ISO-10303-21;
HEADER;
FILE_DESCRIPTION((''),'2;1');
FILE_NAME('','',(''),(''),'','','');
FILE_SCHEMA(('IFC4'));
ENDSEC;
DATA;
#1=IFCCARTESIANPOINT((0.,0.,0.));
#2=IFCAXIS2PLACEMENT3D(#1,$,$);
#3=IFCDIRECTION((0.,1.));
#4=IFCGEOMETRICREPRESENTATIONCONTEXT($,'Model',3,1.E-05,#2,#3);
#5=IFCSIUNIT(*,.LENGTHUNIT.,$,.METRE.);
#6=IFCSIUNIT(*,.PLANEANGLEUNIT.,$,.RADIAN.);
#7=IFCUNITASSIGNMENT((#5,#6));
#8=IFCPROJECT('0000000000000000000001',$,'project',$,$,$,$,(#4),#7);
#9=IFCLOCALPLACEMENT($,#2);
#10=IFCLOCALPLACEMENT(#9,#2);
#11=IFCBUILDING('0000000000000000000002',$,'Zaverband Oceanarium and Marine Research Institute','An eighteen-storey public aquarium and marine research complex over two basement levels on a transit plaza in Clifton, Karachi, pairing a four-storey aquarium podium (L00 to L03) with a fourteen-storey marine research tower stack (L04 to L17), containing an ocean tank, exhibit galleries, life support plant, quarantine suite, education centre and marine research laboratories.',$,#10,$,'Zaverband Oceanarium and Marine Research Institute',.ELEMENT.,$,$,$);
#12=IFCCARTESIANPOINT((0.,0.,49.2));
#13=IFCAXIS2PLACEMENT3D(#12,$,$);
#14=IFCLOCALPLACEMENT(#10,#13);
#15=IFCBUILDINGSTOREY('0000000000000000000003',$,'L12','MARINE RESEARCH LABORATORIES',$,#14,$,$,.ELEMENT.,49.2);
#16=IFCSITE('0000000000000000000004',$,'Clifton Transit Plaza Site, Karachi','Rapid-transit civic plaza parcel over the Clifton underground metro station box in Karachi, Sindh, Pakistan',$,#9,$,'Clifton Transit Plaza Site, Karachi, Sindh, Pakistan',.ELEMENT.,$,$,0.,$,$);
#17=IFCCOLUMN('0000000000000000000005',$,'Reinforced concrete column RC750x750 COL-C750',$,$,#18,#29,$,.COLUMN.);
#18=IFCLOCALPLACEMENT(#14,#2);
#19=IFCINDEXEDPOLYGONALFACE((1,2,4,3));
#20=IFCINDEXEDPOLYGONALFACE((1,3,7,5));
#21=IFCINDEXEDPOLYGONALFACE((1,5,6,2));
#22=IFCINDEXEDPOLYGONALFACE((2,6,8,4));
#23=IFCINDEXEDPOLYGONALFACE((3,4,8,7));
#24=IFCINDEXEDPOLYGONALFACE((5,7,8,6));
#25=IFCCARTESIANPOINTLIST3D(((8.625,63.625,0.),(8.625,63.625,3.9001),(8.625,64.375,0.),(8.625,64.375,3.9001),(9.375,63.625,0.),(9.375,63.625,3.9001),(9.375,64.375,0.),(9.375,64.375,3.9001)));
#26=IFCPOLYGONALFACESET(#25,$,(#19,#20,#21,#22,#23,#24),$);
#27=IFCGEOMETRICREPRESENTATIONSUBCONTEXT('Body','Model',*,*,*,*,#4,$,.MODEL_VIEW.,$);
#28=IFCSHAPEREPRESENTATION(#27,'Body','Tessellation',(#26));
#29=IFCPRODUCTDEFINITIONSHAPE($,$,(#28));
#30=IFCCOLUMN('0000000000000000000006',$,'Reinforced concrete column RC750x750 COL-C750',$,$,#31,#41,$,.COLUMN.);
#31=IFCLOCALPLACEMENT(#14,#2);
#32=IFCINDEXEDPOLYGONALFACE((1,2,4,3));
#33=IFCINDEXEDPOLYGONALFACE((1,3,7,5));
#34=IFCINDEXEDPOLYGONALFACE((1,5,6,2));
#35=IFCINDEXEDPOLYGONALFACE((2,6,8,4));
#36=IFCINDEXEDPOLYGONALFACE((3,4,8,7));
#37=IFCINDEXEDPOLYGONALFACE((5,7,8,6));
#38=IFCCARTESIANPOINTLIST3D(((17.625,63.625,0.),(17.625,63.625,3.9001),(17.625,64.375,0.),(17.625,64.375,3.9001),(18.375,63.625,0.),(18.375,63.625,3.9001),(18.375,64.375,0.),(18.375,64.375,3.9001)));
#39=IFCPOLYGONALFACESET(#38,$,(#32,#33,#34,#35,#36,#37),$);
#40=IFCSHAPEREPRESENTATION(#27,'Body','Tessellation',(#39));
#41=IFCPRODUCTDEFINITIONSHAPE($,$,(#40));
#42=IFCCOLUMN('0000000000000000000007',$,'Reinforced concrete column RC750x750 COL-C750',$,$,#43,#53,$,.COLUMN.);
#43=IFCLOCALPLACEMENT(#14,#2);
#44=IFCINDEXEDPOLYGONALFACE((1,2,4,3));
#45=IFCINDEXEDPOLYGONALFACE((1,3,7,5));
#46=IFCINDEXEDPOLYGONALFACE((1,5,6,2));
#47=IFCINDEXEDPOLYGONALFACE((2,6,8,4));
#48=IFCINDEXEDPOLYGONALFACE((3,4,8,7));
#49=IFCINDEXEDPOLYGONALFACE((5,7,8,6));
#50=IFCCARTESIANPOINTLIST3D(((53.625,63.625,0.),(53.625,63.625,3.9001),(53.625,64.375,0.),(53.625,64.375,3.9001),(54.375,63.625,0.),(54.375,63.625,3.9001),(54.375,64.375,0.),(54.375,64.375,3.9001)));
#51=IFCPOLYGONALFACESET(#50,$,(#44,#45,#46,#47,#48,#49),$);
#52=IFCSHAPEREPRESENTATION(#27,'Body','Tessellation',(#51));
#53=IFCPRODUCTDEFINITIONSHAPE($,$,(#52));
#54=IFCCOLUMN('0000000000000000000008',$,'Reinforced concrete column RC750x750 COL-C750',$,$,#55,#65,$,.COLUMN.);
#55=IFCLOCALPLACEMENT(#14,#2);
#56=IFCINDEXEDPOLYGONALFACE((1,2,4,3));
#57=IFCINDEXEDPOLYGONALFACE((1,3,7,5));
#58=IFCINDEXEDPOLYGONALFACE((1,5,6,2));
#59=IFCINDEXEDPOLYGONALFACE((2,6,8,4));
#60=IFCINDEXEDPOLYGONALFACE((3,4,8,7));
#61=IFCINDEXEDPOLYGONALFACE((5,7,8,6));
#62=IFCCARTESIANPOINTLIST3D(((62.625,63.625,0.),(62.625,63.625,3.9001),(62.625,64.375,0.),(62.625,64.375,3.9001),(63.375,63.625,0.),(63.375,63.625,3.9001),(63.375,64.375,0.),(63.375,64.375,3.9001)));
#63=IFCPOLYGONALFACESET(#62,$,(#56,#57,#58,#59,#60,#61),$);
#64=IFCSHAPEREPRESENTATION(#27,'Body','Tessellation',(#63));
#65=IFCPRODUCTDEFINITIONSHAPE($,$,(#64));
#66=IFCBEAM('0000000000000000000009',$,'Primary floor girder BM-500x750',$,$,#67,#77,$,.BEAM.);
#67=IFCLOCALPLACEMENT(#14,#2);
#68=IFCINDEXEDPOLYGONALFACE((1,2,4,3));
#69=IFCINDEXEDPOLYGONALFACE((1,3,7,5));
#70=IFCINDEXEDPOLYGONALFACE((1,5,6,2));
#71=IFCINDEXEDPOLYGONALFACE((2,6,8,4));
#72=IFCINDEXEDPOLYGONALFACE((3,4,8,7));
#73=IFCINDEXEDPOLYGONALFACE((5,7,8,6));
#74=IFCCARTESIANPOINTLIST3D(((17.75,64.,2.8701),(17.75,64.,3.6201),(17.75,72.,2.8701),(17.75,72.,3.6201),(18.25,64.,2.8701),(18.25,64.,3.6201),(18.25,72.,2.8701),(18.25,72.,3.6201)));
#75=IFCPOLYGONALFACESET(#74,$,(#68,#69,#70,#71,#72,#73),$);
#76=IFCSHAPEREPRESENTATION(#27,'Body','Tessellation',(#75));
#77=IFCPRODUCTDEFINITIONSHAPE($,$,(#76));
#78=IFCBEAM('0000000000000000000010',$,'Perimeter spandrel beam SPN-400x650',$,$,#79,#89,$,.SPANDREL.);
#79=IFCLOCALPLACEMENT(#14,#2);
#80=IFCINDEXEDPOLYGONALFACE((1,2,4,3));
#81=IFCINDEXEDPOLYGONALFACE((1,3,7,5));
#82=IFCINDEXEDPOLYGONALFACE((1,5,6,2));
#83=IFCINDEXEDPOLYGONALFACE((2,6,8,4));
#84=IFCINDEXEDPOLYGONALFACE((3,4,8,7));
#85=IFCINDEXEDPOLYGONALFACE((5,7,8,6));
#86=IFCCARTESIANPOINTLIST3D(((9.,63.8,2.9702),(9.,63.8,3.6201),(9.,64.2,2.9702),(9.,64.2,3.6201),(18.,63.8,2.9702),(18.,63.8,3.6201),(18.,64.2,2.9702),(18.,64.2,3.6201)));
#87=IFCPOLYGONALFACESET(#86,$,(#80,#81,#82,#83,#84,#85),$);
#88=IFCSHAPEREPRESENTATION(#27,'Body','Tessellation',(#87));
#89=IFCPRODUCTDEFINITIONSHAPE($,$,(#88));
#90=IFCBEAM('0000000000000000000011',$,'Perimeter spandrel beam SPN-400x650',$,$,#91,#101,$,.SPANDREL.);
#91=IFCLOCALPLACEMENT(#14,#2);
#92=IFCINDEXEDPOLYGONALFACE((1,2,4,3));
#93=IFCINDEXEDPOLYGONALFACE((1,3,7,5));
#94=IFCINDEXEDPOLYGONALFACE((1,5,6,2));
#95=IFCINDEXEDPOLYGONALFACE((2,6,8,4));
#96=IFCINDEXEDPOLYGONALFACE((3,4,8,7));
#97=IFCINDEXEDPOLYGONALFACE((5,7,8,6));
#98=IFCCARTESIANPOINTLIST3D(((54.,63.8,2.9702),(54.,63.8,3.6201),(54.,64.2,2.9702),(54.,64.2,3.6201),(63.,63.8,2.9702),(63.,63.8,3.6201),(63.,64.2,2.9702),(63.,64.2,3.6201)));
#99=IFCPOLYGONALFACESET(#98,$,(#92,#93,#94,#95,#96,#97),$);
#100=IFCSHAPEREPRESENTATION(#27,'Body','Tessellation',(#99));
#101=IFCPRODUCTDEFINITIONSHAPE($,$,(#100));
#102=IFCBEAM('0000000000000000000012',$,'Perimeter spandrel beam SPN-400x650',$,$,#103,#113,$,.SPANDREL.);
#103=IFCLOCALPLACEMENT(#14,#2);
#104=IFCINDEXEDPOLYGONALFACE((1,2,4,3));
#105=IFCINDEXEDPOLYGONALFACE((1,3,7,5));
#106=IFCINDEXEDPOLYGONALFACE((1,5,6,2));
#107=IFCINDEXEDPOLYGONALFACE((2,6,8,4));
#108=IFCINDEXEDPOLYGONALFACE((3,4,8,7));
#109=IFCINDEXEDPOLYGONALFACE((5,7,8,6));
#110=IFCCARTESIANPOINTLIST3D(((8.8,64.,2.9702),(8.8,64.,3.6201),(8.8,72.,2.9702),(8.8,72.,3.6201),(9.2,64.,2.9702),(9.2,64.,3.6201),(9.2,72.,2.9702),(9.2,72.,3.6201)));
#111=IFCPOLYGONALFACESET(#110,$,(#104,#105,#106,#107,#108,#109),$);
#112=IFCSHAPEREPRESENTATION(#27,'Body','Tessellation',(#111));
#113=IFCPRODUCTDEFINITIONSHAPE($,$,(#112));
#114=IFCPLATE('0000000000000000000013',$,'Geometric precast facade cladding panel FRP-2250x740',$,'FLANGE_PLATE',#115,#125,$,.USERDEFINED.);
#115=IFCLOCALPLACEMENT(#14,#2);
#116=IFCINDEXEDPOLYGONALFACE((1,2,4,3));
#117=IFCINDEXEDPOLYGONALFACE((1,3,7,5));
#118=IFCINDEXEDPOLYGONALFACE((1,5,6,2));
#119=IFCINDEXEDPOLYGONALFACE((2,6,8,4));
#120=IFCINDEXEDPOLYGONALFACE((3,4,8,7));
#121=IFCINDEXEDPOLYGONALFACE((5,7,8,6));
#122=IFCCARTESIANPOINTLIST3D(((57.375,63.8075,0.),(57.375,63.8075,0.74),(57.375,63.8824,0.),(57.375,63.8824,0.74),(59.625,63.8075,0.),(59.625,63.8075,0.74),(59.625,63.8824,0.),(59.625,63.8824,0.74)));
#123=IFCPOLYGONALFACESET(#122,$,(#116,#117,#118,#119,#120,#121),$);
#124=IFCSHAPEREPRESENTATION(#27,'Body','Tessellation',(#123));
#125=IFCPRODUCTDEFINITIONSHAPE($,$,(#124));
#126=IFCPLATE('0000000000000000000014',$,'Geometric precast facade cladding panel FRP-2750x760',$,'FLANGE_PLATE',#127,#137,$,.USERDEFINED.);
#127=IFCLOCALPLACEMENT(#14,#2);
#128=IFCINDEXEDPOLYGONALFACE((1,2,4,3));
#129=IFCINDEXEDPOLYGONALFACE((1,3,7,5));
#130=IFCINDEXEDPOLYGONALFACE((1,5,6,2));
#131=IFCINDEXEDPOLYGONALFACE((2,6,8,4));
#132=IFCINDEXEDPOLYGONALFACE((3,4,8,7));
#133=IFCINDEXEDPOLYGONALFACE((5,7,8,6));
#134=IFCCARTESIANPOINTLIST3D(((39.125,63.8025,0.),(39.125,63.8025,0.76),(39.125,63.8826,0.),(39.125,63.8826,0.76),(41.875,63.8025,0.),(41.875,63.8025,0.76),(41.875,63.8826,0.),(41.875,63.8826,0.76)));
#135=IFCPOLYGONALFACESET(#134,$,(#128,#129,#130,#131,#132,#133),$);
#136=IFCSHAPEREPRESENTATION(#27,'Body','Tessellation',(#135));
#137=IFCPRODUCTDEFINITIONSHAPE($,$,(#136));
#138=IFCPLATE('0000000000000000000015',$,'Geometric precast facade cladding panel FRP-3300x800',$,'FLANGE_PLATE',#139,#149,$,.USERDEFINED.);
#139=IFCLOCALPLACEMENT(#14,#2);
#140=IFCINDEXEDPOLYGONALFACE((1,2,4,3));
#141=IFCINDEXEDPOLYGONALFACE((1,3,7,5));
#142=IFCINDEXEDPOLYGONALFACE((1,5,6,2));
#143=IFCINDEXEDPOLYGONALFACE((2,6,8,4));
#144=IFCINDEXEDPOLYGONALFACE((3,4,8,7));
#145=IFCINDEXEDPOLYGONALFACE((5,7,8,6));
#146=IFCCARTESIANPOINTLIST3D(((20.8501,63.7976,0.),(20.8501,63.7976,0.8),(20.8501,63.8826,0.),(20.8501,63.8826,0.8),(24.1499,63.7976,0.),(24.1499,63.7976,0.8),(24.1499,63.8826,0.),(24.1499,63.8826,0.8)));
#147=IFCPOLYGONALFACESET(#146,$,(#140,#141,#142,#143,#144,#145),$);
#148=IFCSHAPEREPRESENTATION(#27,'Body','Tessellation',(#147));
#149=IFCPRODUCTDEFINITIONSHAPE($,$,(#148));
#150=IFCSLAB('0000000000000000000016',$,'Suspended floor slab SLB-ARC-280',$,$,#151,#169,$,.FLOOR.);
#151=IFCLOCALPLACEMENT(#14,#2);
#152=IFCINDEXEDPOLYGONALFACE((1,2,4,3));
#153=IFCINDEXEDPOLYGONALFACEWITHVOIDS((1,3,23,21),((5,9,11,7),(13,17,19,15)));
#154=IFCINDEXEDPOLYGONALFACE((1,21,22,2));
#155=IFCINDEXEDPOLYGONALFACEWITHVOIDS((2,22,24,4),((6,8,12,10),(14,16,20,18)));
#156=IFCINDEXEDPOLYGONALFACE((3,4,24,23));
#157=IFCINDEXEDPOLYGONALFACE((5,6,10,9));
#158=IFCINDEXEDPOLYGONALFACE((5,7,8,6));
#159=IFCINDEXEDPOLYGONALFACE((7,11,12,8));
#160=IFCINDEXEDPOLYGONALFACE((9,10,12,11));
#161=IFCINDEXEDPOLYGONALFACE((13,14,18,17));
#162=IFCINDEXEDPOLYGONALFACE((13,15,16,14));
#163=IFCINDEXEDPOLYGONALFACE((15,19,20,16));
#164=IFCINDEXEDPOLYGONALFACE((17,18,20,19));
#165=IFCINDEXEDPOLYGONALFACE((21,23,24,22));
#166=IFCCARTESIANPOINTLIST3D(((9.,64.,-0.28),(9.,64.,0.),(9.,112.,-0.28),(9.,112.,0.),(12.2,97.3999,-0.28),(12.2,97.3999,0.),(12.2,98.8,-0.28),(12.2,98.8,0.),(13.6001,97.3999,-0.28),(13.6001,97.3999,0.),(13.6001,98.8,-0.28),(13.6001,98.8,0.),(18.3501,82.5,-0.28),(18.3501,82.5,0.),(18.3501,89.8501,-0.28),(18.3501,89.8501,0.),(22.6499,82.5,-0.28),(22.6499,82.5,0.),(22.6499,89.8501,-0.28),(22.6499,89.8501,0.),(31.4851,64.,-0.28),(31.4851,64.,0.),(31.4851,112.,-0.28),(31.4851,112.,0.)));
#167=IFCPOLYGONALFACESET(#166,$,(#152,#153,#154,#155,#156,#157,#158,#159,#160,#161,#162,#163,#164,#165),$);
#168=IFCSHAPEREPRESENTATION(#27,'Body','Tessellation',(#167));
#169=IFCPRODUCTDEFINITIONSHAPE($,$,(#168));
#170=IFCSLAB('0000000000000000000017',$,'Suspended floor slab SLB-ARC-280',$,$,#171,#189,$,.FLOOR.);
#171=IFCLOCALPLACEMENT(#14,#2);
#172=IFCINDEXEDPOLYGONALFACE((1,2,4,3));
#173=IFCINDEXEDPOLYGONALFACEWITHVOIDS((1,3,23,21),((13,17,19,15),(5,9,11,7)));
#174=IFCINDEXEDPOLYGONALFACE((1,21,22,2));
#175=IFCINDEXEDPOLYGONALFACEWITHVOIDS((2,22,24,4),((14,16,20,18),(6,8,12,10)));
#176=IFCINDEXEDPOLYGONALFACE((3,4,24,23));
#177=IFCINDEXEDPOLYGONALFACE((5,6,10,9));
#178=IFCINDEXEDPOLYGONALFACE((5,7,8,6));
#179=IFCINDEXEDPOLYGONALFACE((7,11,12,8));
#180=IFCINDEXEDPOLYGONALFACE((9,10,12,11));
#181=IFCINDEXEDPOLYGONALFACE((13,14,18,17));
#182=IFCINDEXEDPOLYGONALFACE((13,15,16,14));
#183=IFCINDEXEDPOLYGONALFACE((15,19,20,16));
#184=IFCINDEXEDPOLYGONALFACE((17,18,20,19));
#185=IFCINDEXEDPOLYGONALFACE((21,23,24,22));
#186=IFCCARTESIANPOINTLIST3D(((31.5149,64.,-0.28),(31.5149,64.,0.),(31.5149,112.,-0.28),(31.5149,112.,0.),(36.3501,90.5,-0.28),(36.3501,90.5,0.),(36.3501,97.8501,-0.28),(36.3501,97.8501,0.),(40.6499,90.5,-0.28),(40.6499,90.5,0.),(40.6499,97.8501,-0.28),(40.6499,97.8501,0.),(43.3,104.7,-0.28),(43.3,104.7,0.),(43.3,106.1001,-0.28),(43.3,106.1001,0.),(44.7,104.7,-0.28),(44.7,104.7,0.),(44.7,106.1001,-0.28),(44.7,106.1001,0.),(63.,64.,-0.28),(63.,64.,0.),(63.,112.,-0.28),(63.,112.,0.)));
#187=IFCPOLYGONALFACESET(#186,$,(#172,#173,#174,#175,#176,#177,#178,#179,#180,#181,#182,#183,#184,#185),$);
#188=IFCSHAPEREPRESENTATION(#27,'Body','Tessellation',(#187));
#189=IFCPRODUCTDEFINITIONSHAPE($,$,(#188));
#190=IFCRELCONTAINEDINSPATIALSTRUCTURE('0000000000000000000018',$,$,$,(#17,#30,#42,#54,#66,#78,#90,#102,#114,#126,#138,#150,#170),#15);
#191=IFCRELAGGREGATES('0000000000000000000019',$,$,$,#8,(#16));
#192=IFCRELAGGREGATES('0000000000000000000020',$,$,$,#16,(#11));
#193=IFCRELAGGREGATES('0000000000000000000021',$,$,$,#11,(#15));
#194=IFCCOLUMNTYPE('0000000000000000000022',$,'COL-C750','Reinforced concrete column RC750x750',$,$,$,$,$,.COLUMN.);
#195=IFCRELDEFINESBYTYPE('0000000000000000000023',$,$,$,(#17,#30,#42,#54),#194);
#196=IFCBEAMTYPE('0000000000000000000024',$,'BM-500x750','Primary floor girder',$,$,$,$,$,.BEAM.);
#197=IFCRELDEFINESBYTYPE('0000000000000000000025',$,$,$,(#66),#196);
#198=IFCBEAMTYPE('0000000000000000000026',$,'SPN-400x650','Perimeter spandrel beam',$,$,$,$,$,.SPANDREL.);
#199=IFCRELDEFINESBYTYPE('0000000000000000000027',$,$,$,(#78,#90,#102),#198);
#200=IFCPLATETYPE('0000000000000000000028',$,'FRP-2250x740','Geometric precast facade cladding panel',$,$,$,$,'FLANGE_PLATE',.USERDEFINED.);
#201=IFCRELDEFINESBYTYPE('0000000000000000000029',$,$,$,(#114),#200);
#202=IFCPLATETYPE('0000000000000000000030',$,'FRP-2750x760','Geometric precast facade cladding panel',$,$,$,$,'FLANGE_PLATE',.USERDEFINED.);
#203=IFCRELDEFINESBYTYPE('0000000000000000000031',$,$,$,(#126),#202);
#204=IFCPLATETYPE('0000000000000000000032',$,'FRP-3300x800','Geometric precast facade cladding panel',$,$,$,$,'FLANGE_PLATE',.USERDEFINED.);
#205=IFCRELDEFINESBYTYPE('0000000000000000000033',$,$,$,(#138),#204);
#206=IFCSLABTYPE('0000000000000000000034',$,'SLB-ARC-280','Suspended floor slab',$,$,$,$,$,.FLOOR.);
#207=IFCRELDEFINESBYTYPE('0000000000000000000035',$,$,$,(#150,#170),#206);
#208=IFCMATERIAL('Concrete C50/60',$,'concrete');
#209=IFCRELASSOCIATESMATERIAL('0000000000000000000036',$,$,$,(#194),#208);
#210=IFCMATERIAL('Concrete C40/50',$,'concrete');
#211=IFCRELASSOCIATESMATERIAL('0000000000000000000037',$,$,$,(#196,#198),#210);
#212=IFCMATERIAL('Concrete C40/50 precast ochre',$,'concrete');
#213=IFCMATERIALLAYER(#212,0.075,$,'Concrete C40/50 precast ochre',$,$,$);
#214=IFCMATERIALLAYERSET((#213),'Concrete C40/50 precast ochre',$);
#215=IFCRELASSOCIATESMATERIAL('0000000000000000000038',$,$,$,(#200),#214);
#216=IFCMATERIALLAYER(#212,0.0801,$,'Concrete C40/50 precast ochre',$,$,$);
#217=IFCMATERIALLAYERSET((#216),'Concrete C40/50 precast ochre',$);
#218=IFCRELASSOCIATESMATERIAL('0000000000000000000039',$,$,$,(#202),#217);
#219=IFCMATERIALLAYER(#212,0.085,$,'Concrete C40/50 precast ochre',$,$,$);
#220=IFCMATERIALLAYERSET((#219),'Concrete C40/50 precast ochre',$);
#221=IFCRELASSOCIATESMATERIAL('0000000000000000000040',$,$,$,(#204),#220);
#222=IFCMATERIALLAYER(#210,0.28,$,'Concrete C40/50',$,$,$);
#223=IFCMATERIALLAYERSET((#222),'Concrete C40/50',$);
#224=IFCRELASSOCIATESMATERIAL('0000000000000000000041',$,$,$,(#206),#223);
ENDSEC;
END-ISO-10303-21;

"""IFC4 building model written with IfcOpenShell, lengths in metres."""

from ifc_helpers import new_model, si_unit, direction, frame, frame_2d, origin, origin_2d, place, context, subcontext, project, spatial, polyline, rectangle, outline, extrude, material, layer, layer_set, material_profile, profile_set, type_object, element, save


model = new_model("IFC4")

# Units and contexts
model_context = context("Model", 3, precision=1e-05, world=origin(), true_north=direction((0.0, 1.0)))
body_context = subcontext(model_context, "Body", "Model", "MODEL_VIEW")
ifc_project = project(units=[si_unit("LENGTHUNIT", "METRE"), si_unit("PLANEANGLEUNIT", "RADIAN")], contexts=[model_context])

# Site, building, storey
site_placement = place(None, origin())
site = spatial("IfcSite", under=ifc_project, at=site_placement, Name="Clifton Transit Plaza Site, Karachi", Description="Rapid-transit civic plaza parcel over the Clifton underground metro station box in Karachi, Sindh, Pakistan", LongName="Clifton Transit Plaza Site, Karachi, Sindh, Pakistan", CompositionType="ELEMENT", RefElevation=0.0)
building_placement = place(site_placement, origin())
building = spatial("IfcBuilding", under=site, at=building_placement, Name="Zaverband Oceanarium and Marine Research Institute", Description="An eighteen-storey public aquarium and marine research complex over two basement levels on a transit plaza in Clifton, Karachi, pairing a four-storey aquarium podium (L00 to L03) with a fourteen-storey marine research tower stack (L04 to L17), containing an ocean tank, exhibit galleries, life support plant, quarantine suite, education centre and marine research laboratories.", LongName="Zaverband Oceanarium and Marine Research Institute", CompositionType="ELEMENT")
storey_placement = place(building_placement, frame((0.0, 0.0, 49.2)))
storey = spatial("IfcBuildingStorey", under=building, at=storey_placement, Name="L12", Description="MARINE RESEARCH LABORATORIES", CompositionType="ELEMENT", Elevation=49.2)

# Columns
ifc_material_1 = material(Name="Concrete C50/60", Category="concrete")
ifc_material_profile_1 = material_profile(ifc_material_1, rectangle(XDim=0.75, YDim=0.75, at=origin_2d()), Name="RC750x750")
ifc_profile_set_1 = profile_set([ifc_material_profile_1], Name="Concrete C50/60")
column_type = type_object("IfcColumnType", Name="COL-C750", Description="Reinforced concrete column RC750x750", PredefinedType="COLUMN", material=ifc_profile_set_1)
for number, where, z_axis, x_axis, name in (
    (1, (9.0, 64.0, 0.0), (0.0, 0.0, 1.0), (1.0, 0.0, 0.0), "Reinforced concrete column RC750x750 COL-C750"),
    (2, (18.0, 64.0, 0.0), (0.0, 0.0, 1.0), (1.0, 0.0, 0.0), "Reinforced concrete column RC750x750 COL-C750"),
    (3, (54.0, 64.0, 0.0), (0.0, 0.0, 1.0), (1.0, 0.0, 0.0), "Reinforced concrete column RC750x750 COL-C750"),
    (4, (63.0, 64.0, 0.0), (0.0, 0.0, 1.0), (1.0, 0.0, 0.0), "Reinforced concrete column RC750x750 COL-C750"),
):
    element("IfcColumn", number, at=place(storey_placement, frame(where, z_axis=z_axis, x_axis=x_axis)), inside=storey, type_object=column_type, Name=name, PredefinedType="COLUMN", context=body_context, shape_type="SweptSolid", body=[
        extrude(rectangle(XDim=0.75, YDim=0.75, at=origin_2d()), origin(), (0.0, 0.0, 1.0), 3.9001),
    ])

# Beams
ifc_material_2 = material(Name="Concrete C40/50", Category="concrete")
ifc_material_profile_2 = material_profile(ifc_material_2, rectangle(XDim=0.5, YDim=0.75, at=origin_2d()), Name="RC500x750")
ifc_profile_set_2 = profile_set([ifc_material_profile_2], Name="Concrete C40/50")
beam_type_1 = type_object("IfcBeamType", Name="BM-500x750", Description="Primary floor girder", PredefinedType="BEAM", material=ifc_profile_set_2)
beam_1_placement = place(storey_placement, frame((18.0, 64.0, 3.2451), z_axis=(0.0, 1.0, 0.0), x_axis=(-1.0, 0.0, 0.0)))
element("IfcBeam", 5, at=beam_1_placement, inside=storey, type_object=beam_type_1, Name="Primary floor girder BM-500x750", PredefinedType="BEAM", context=body_context, shape_type="SweptSolid", body=[
    extrude(rectangle(XDim=0.5, YDim=0.75, at=origin_2d()), origin(), (0.0, 0.0, 1.0), 8.0),
])
ifc_material_profile_3 = material_profile(ifc_material_2, rectangle(XDim=0.3999, YDim=0.6499, at=origin_2d()), Name="RC400x650")
ifc_profile_set_3 = profile_set([ifc_material_profile_3], Name="Concrete C40/50")
beam_type_2 = type_object("IfcBeamType", Name="SPN-400x650", Description="Perimeter spandrel beam", PredefinedType="SPANDREL", material=ifc_profile_set_3)
for number, where, z_axis, x_axis, name in (
    (6, (9.0, 64.0, 3.2952), (1.0, 0.0, 0.0), (0.0, 1.0, 0.0), "Perimeter spandrel beam SPN-400x650"),
    (7, (54.0, 64.0, 3.2952), (1.0, 0.0, 0.0), (0.0, 1.0, 0.0), "Perimeter spandrel beam SPN-400x650"),
):
    element("IfcBeam", number, at=place(storey_placement, frame(where, z_axis=z_axis, x_axis=x_axis)), inside=storey, type_object=beam_type_2, Name=name, PredefinedType="SPANDREL", context=body_context, shape_type="SweptSolid", body=[
        extrude(rectangle(XDim=0.3999, YDim=0.6499, at=origin_2d()), origin(), (0.0, 0.0, 1.0), 9.0),
    ])
beam_2_placement = place(storey_placement, frame((9.0, 64.0, 3.2952), z_axis=(0.0, 1.0, 0.0), x_axis=(-1.0, 0.0, 0.0)))
element("IfcBeam", 8, at=beam_2_placement, inside=storey, type_object=beam_type_2, Name="Perimeter spandrel beam SPN-400x650", PredefinedType="SPANDREL", context=body_context, shape_type="SweptSolid", body=[
    extrude(rectangle(XDim=0.3999, YDim=0.6499, at=origin_2d()), origin(), (0.0, 0.0, 1.0), 8.0),
])

# Plates
ifc_material_3 = material(Name="Concrete C40/50 precast ochre", Category="concrete")
ifc_layer_1 = layer(ifc_material_3, 0.075, Name="Concrete C40/50 precast ochre")
ifc_layer_set_1 = layer_set([ifc_layer_1], Name="Concrete C40/50 precast ochre")
plate_type_1 = type_object("IfcPlateType", Name="FRP-2250x740", Description="Geometric precast facade cladding panel", ElementType="FLANGE_PLATE", PredefinedType="USERDEFINED", material=ifc_layer_set_1)
plate_1_placement = place(storey_placement, frame((57.375, 63.845, 0.0), z_axis=(0.0, 0.0, 1.0), x_axis=(1.0, 0.0, 0.0)))
element("IfcPlate", 9, at=plate_1_placement, inside=storey, type_object=plate_type_1, Name="Geometric precast facade cladding panel FRP-2250x740", ObjectType="FLANGE_PLATE", PredefinedType="USERDEFINED", context=body_context, shape_type="SweptSolid", body=[
    extrude(rectangle(XDim=2.25, YDim=0.075, at=frame_2d((1.125, 0.0))), origin(), (0.0, 0.0, 1.0), 0.74),
])
ifc_layer_2 = layer(ifc_material_3, 0.0801, Name="Concrete C40/50 precast ochre")
ifc_layer_set_2 = layer_set([ifc_layer_2], Name="Concrete C40/50 precast ochre")
plate_type_2 = type_object("IfcPlateType", Name="FRP-2750x760", Description="Geometric precast facade cladding panel", ElementType="FLANGE_PLATE", PredefinedType="USERDEFINED", material=ifc_layer_set_2)
plate_2_placement = place(storey_placement, frame((39.125, 63.8425, 0.0), z_axis=(0.0, 0.0, 1.0), x_axis=(1.0, 0.0, 0.0)))
element("IfcPlate", 10, at=plate_2_placement, inside=storey, type_object=plate_type_2, Name="Geometric precast facade cladding panel FRP-2750x760", ObjectType="FLANGE_PLATE", PredefinedType="USERDEFINED", context=body_context, shape_type="SweptSolid", body=[
    extrude(rectangle(XDim=2.75, YDim=0.0801, at=frame_2d((1.375, 0.0))), origin(), (0.0, 0.0, 1.0), 0.76),
])
ifc_layer_3 = layer(ifc_material_3, 0.085, Name="Concrete C40/50 precast ochre")
ifc_layer_set_3 = layer_set([ifc_layer_3], Name="Concrete C40/50 precast ochre")
plate_type_3 = type_object("IfcPlateType", Name="FRP-3300x800", Description="Geometric precast facade cladding panel", ElementType="FLANGE_PLATE", PredefinedType="USERDEFINED", material=ifc_layer_set_3)
plate_3_placement = place(storey_placement, frame((20.8501, 63.8401, 0.0), z_axis=(0.0, 0.0, 1.0), x_axis=(1.0, 0.0, 0.0)))
element("IfcPlate", 11, at=plate_3_placement, inside=storey, type_object=plate_type_3, Name="Geometric precast facade cladding panel FRP-3300x800", ObjectType="FLANGE_PLATE", PredefinedType="USERDEFINED", context=body_context, shape_type="SweptSolid", body=[
    extrude(rectangle(XDim=3.2998, YDim=0.085, at=frame_2d((1.6499, 0.0))), origin(), (0.0, 0.0, 1.0), 0.8),
])

# Slabs
ifc_layer_4 = layer(ifc_material_2, 0.28, Name="Concrete C40/50")
ifc_layer_set_4 = layer_set([ifc_layer_4], Name="Concrete C40/50")
slab_type_1 = type_object("IfcSlabType", Name="SLB-ARC-280", Description="Suspended floor slab", PredefinedType="FLOOR", material=ifc_layer_set_4)
slab_1_placement = place(storey_placement, frame((0.0, 0.0, -0.28)))
element("IfcSlab", 12, at=slab_1_placement, inside=storey, type_object=slab_type_1, Name="Suspended floor slab SLB-ARC-280", PredefinedType="FLOOR", context=body_context, shape_type="SweptSolid", body=[
    extrude(outline(polyline([(9.0, 112.0), (31.4851, 112.0), (31.4851, 64.0), (9.0, 64.0), (9.0, 112.0)]), holes=[polyline([(18.3501, 89.8501), (18.3501, 82.5), (22.6499, 82.5), (22.6499, 89.8501), (18.3501, 89.8501)]), polyline([(12.2, 98.8), (12.2, 97.3999), (13.6001, 97.3999), (13.6001, 98.8), (12.2, 98.8)])]), origin(), (0.0, 0.0, 1.0), 0.28),
])
slab_2_placement = place(storey_placement, frame((0.0, 0.0, -0.28)))
element("IfcSlab", 13, at=slab_2_placement, inside=storey, type_object=slab_type_1, Name="Suspended floor slab SLB-ARC-280", PredefinedType="FLOOR", context=body_context, shape_type="SweptSolid", body=[
    extrude(outline(polyline([(31.5149, 112.0), (63.0, 112.0), (63.0, 64.0), (31.5149, 64.0), (31.5149, 112.0)]), holes=[polyline([(36.3501, 97.8501), (36.3501, 90.5), (40.6499, 90.5), (40.6499, 97.8501), (36.3501, 97.8501)]), polyline([(43.3, 106.1001), (43.3, 104.7), (44.7, 104.7), (44.7, 106.1001), (43.3, 106.1001)])]), origin(), (0.0, 0.0, 1.0), 0.28),
])

save(model, "model.ifc")
